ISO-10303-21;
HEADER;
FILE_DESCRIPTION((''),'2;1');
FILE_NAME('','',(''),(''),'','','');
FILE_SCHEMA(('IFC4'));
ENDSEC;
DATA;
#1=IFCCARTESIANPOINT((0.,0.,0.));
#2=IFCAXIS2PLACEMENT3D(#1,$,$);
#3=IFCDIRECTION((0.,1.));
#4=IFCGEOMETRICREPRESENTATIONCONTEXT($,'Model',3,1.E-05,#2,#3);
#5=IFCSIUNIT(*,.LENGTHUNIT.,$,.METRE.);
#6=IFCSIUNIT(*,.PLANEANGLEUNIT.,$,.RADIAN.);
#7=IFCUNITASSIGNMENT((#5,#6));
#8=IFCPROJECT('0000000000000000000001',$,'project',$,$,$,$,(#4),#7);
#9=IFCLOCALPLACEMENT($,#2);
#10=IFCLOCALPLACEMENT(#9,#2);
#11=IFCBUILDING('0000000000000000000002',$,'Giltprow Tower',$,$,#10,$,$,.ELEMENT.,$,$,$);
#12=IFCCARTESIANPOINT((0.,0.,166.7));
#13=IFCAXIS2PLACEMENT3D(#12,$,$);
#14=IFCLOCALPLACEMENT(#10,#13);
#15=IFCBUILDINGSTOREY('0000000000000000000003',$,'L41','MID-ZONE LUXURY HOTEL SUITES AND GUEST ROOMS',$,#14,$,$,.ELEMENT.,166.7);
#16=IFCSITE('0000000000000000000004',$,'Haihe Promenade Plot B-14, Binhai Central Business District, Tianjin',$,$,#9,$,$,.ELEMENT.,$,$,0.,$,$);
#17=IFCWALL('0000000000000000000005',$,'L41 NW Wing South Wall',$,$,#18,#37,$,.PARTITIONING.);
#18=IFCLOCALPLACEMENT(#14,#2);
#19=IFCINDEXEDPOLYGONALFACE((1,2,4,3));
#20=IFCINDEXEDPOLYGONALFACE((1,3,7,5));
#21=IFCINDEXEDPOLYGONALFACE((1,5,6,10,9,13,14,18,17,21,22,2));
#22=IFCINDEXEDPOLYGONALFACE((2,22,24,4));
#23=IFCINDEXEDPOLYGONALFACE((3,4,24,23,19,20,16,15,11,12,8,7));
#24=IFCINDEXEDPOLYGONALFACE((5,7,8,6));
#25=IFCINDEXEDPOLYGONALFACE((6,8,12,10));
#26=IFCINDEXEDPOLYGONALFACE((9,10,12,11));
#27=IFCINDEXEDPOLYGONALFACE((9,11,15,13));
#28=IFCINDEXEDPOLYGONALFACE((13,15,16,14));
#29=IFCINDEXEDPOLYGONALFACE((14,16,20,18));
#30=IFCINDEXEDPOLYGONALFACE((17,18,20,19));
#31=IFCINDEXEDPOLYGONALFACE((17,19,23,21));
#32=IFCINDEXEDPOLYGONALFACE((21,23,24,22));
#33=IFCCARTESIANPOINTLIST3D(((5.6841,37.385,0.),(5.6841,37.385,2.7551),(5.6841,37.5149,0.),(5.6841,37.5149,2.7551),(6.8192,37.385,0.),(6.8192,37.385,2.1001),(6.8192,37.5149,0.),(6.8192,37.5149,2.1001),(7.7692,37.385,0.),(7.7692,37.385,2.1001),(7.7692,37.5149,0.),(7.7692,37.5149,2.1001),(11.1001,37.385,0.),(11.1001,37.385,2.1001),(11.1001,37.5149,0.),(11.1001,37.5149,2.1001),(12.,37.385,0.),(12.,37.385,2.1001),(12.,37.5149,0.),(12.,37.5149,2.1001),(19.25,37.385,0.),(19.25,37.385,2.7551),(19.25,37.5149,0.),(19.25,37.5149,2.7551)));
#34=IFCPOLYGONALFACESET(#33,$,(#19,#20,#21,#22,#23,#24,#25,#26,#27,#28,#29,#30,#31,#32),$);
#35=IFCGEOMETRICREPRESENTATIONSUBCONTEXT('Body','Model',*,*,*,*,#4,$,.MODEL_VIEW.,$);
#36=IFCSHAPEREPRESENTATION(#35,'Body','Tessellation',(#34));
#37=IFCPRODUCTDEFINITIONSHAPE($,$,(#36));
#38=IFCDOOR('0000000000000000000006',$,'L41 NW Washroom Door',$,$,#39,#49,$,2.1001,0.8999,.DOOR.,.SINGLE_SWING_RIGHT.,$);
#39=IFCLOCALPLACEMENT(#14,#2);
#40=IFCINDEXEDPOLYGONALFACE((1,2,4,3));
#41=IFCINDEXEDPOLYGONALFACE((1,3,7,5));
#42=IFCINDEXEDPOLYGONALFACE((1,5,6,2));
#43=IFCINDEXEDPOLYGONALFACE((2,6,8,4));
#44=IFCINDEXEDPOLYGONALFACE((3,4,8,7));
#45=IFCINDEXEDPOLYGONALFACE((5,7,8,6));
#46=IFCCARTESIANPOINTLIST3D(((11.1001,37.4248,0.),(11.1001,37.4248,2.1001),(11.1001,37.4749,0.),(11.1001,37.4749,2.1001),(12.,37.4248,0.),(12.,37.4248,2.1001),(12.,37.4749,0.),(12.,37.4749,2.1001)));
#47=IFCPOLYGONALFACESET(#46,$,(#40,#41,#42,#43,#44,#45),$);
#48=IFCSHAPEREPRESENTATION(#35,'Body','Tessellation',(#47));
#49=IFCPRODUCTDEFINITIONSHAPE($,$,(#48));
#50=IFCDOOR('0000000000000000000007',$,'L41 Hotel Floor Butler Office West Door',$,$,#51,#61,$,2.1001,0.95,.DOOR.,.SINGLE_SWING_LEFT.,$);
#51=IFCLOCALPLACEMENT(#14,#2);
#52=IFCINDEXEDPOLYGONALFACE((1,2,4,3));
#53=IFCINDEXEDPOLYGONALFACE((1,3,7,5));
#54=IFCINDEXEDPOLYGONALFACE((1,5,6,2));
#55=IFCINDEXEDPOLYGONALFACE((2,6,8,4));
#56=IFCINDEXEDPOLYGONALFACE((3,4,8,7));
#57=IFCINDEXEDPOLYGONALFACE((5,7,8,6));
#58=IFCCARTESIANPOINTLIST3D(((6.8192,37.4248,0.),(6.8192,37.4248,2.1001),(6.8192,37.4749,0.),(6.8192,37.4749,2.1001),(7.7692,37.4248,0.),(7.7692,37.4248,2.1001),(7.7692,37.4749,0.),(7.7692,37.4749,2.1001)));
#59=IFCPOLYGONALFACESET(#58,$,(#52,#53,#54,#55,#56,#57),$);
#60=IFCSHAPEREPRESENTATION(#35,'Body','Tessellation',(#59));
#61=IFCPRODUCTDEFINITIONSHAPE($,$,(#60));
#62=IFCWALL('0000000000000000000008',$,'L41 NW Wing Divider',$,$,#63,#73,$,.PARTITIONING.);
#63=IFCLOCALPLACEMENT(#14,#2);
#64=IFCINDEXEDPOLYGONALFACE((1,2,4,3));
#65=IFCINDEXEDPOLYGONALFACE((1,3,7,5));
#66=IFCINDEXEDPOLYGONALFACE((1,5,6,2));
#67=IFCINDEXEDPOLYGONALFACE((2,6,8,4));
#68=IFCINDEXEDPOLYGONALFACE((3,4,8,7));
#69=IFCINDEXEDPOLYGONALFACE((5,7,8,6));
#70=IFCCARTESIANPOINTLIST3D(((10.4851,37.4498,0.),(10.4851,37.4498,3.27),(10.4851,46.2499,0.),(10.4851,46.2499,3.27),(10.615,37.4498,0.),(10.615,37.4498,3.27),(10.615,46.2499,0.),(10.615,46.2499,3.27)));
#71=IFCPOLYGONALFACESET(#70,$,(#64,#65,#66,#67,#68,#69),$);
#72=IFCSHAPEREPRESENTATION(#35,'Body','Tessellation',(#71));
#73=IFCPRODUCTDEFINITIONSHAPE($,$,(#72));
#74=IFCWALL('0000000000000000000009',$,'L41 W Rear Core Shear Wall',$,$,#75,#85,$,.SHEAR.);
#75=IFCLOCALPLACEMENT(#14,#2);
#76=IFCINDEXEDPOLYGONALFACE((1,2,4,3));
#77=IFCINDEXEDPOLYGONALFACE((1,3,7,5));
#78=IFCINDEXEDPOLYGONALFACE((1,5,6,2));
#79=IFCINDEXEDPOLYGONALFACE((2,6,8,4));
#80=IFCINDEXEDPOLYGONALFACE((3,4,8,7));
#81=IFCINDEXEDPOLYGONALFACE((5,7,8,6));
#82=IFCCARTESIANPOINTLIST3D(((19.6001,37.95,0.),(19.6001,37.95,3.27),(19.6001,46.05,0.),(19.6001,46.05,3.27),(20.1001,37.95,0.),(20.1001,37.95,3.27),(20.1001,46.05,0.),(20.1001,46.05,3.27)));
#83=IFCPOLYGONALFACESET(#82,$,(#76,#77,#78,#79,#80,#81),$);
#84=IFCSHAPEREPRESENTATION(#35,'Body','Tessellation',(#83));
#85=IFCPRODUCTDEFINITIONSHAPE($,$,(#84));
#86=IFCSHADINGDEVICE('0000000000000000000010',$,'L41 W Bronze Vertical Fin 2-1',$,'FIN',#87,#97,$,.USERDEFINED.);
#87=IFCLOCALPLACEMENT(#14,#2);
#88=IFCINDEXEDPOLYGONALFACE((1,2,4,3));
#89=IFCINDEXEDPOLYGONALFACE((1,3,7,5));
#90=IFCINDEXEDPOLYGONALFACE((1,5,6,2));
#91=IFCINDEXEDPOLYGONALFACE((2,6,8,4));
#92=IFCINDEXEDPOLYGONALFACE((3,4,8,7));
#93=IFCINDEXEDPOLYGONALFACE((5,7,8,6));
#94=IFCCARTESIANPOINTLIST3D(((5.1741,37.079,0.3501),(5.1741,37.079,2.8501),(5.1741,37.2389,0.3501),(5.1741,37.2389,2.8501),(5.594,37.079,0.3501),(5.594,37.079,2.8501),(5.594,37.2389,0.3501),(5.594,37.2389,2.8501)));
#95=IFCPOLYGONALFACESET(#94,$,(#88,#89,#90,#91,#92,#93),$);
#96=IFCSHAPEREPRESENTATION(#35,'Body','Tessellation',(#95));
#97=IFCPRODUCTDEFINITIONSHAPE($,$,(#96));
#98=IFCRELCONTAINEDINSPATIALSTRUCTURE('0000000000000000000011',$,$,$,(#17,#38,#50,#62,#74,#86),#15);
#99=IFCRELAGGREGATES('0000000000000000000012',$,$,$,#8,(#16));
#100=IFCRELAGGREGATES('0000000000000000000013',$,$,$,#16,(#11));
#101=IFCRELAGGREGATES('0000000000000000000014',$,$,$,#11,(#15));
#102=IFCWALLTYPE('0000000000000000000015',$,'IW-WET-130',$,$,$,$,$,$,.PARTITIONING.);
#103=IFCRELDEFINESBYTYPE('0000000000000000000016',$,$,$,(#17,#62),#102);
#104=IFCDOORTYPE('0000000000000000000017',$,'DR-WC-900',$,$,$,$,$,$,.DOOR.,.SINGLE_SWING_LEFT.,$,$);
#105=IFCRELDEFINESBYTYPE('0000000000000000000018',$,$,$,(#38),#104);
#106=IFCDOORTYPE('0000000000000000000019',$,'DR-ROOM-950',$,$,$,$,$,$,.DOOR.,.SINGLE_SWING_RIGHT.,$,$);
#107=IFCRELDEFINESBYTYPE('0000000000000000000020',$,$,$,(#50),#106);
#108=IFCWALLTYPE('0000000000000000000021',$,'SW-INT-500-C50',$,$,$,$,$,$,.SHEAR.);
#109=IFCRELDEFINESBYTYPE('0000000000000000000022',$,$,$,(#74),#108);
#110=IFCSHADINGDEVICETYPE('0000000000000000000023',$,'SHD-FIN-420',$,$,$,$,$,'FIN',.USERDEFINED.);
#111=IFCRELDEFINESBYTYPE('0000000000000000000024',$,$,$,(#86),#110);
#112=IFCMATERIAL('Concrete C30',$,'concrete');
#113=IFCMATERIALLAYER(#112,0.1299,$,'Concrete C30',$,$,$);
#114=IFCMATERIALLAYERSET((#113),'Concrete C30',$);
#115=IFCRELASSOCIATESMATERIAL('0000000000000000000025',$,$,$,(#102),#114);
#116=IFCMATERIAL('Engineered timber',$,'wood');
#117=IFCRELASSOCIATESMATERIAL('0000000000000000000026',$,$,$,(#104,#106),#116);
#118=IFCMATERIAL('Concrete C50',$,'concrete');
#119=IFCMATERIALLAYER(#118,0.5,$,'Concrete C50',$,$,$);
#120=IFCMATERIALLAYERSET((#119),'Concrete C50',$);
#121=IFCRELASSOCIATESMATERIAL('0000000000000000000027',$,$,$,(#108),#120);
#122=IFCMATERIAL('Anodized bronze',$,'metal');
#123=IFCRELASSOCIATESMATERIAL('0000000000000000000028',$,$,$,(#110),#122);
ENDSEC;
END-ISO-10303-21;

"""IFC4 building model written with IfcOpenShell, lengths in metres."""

from ifc_helpers import new_model, si_unit, direction, frame, frame_2d, origin, origin_2d, place, context, subcontext, project, spatial, rectangle, extrude, source, transform, mapped, material, layer, layer_set, type_object, element, fill, save


model = new_model("IFC4")

# Units and contexts
model_context = context("Model", 3, precision=1e-05, world=origin(), true_north=direction((0.0, 1.0)))
body_context = subcontext(model_context, "Body", "Model", "MODEL_VIEW")
ifc_project = project(units=[si_unit("LENGTHUNIT", "METRE"), si_unit("PLANEANGLEUNIT", "RADIAN")], contexts=[model_context])

# Site, building, storey
site_placement = place(None, origin())
site = spatial("IfcSite", under=ifc_project, at=site_placement, Name="Haihe Promenade Plot B-14, Binhai Central Business District, Tianjin", CompositionType="ELEMENT", RefElevation=0.0)
building_placement = place(site_placement, origin())
building = spatial("IfcBuilding", under=site, at=building_placement, Name="Giltprow Tower", CompositionType="ELEMENT")
storey_placement = place(building_placement, frame((0.0, 0.0, 166.7)))
storey = spatial("IfcBuildingStorey", under=building, at=storey_placement, Name="L41", Description="MID-ZONE LUXURY HOTEL SUITES AND GUEST ROOMS", CompositionType="ELEMENT", Elevation=166.7)

# Shared definitions
ifc_material_1 = material(Name="Concrete C50", Category="concrete")

# Shared definitions
ifc_material_2 = material(Name="Engineered timber", Category="wood")

# Wall, openings, doors
ifc_material_3 = material(Name="Concrete C30", Category="concrete")
ifc_layer_1 = layer(ifc_material_3, 0.1299, Name="Concrete C30")
ifc_layer_set_1 = layer_set([ifc_layer_1], Name="Concrete C30")
wall_type_1 = type_object("IfcWallType", Name="IW-WET-130", PredefinedType="PARTITIONING", material=ifc_layer_set_1)
wall_1_placement = place(storey_placement, frame((5.6841, 37.45, 0.0), z_axis=(0.0, 0.0, 1.0), x_axis=(1.0, 0.0, 0.0)))
wall_1 = element("IfcWall", 1, at=wall_1_placement, inside=storey, type_object=wall_type_1, Name="L41 NW Wing South Wall", PredefinedType="PARTITIONING", context=body_context, shape_type="SweptSolid", body=[
    extrude(rectangle(XDim=13.5659, YDim=0.1299, at=frame_2d((6.783, 0.0))), origin(), (0.0, 0.0, 1.0), 2.7551),
])
opening_1_placement = place(wall_1_placement, frame((1.135, 0.0, 0.0)))
opening_1 = element("IfcOpeningElement", 2, at=opening_1_placement, cuts=wall_1, PredefinedType="OPENING", context=body_context, shape_type="SweptSolid", body=[
    extrude(rectangle(XDim=0.95, YDim=2.1001, at=frame_2d((0.4751, 1.05))), frame((0.0, 0.075, 0.0), z_axis=(0.0, -1.0, 0.0), x_axis=(1.0, 0.0, 0.0)), (0.0, 0.0, 1.0), 0.1499),
])
opening_2_placement = place(wall_1_placement, frame((5.416, 0.0, 0.0)))
opening_2 = element("IfcOpeningElement", 3, at=opening_2_placement, cuts=wall_1, PredefinedType="OPENING", context=body_context, shape_type="SweptSolid", body=[
    extrude(rectangle(XDim=0.8999, YDim=2.1001, at=frame_2d((0.45, 1.05))), frame((0.0, 0.075, 0.0), z_axis=(0.0, -1.0, 0.0), x_axis=(1.0, 0.0, 0.0)), (0.0, 0.0, 1.0), 0.1499),
])
door_type_1 = type_object("IfcDoorType", Name="DR-WC-900", OperationType="SINGLE_SWING_LEFT", PredefinedType="DOOR", material=ifc_material_2)
shared_shape_1 = source(origin(), body_context, "Body", "SweptSolid", [
    extrude(rectangle(XDim=0.8999, YDim=2.1001, at=frame_2d((0.45, 1.05))), frame((0.0, 0.0249, 0.0), z_axis=(0.0, -1.0, 0.0), x_axis=(1.0, 0.0, 0.0)), (0.0, 0.0, 1.0), 0.05),
])
door_1_placement = place(opening_2_placement, origin())
door_1 = element("IfcDoor", 4, at=door_1_placement, inside=storey, type_object=door_type_1, Name="L41 NW Washroom Door", OperationType="SINGLE_SWING_RIGHT", OverallHeight=2.1001, OverallWidth=0.8999, PredefinedType="DOOR", context=body_context, shape_type="MappedRepresentation", body=[
    mapped(shared_shape_1, transform((0.0, 0.0, 0.0), x_axis=(1.0, 0.0, 0.0), y_axis=(0.0, 1.0, 0.0), z_axis=(0.0, 0.0, 1.0), scale=1.0)),
])
fill(opening_2, door_1)
door_type_2 = type_object("IfcDoorType", Name="DR-ROOM-950", OperationType="SINGLE_SWING_RIGHT", PredefinedType="DOOR", material=ifc_material_2)
shared_shape_2 = source(origin(), body_context, "Body", "SweptSolid", [
    extrude(rectangle(XDim=0.95, YDim=2.1001, at=frame_2d((0.4751, 1.05))), frame((0.0, 0.0249, 0.0), z_axis=(0.0, -1.0, 0.0), x_axis=(1.0, 0.0, 0.0)), (0.0, 0.0, 1.0), 0.05),
])
door_2_placement = place(opening_1_placement, origin())
door_2 = element("IfcDoor", 5, at=door_2_placement, inside=storey, type_object=door_type_2, Name="L41 Hotel Floor Butler Office West Door", OperationType="SINGLE_SWING_LEFT", OverallHeight=2.1001, OverallWidth=0.95, PredefinedType="DOOR", context=body_context, shape_type="MappedRepresentation", body=[
    mapped(shared_shape_2, transform((0.0, 0.0, 0.0), x_axis=(1.0, 0.0, 0.0), y_axis=(0.0, 1.0, 0.0), z_axis=(0.0, 0.0, 1.0), scale=1.0)),
])
fill(opening_1, door_2)

# Walls
wall_2_placement = place(storey_placement, frame((10.55, 37.45, 0.0), z_axis=(0.0, 0.0, 1.0), x_axis=(0.0, 1.0, 0.0)))
element("IfcWall", 6, at=wall_2_placement, inside=storey, type_object=wall_type_1, Name="L41 NW Wing Divider", PredefinedType="PARTITIONING", context=body_context, shape_type="SweptSolid", body=[
    extrude(rectangle(XDim=8.8, YDim=0.1299, at=frame_2d((4.3999, 0.0))), origin(), (0.0, 0.0, 1.0), 3.27),
])
ifc_layer_2 = layer(ifc_material_1, 0.5, Name="Concrete C50")
ifc_layer_set_2 = layer_set([ifc_layer_2], Name="Concrete C50")
wall_type_2 = type_object("IfcWallType", Name="SW-INT-500-C50", PredefinedType="SHEAR", material=ifc_layer_set_2)
wall_3_placement = place(storey_placement, frame((19.8501, 37.95, 0.0), z_axis=(0.0, 0.0, 1.0), x_axis=(0.0, 1.0, 0.0)))
element("IfcWall", 7, at=wall_3_placement, inside=storey, type_object=wall_type_2, Name="L41 W Rear Core Shear Wall", PredefinedType="SHEAR", context=body_context, shape_type="SweptSolid", body=[
    extrude(rectangle(XDim=8.1001, YDim=0.5, at=frame_2d((4.05, 0.0))), origin(), (0.0, 0.0, 1.0), 3.27),
])

# Shading device
ifc_material_4 = material(Name="Anodized bronze", Category="metal")
shading_device_type = type_object("IfcShadingDeviceType", Name="SHD-FIN-420", ElementType="FIN", PredefinedType="USERDEFINED", material=ifc_material_4)
shared_shape_3 = source(origin(), body_context, "Body", "SweptSolid", [
    extrude(rectangle(XDim=0.4199, YDim=0.1599, at=origin_2d()), origin(), (0.0, 0.0, 1.0), 2.5),
])
shading_device_placement = place(storey_placement, frame((5.384, 37.1589, 0.3501), z_axis=(0.0, 0.0, 1.0), x_axis=(1.0, 0.0, 0.0)))
element("IfcShadingDevice", 8, at=shading_device_placement, inside=storey, type_object=shading_device_type, Name="L41 W Bronze Vertical Fin 2-1", ObjectType="FIN", PredefinedType="USERDEFINED", context=body_context, shape_type="MappedRepresentation", body=[
    mapped(shared_shape_3, transform((0.0, 0.0, 0.0), x_axis=(1.0, 0.0, 0.0), y_axis=(0.0, 1.0, 0.0), z_axis=(0.0, 0.0, 1.0), scale=1.0)),
])

save(model, "model.ifc")
